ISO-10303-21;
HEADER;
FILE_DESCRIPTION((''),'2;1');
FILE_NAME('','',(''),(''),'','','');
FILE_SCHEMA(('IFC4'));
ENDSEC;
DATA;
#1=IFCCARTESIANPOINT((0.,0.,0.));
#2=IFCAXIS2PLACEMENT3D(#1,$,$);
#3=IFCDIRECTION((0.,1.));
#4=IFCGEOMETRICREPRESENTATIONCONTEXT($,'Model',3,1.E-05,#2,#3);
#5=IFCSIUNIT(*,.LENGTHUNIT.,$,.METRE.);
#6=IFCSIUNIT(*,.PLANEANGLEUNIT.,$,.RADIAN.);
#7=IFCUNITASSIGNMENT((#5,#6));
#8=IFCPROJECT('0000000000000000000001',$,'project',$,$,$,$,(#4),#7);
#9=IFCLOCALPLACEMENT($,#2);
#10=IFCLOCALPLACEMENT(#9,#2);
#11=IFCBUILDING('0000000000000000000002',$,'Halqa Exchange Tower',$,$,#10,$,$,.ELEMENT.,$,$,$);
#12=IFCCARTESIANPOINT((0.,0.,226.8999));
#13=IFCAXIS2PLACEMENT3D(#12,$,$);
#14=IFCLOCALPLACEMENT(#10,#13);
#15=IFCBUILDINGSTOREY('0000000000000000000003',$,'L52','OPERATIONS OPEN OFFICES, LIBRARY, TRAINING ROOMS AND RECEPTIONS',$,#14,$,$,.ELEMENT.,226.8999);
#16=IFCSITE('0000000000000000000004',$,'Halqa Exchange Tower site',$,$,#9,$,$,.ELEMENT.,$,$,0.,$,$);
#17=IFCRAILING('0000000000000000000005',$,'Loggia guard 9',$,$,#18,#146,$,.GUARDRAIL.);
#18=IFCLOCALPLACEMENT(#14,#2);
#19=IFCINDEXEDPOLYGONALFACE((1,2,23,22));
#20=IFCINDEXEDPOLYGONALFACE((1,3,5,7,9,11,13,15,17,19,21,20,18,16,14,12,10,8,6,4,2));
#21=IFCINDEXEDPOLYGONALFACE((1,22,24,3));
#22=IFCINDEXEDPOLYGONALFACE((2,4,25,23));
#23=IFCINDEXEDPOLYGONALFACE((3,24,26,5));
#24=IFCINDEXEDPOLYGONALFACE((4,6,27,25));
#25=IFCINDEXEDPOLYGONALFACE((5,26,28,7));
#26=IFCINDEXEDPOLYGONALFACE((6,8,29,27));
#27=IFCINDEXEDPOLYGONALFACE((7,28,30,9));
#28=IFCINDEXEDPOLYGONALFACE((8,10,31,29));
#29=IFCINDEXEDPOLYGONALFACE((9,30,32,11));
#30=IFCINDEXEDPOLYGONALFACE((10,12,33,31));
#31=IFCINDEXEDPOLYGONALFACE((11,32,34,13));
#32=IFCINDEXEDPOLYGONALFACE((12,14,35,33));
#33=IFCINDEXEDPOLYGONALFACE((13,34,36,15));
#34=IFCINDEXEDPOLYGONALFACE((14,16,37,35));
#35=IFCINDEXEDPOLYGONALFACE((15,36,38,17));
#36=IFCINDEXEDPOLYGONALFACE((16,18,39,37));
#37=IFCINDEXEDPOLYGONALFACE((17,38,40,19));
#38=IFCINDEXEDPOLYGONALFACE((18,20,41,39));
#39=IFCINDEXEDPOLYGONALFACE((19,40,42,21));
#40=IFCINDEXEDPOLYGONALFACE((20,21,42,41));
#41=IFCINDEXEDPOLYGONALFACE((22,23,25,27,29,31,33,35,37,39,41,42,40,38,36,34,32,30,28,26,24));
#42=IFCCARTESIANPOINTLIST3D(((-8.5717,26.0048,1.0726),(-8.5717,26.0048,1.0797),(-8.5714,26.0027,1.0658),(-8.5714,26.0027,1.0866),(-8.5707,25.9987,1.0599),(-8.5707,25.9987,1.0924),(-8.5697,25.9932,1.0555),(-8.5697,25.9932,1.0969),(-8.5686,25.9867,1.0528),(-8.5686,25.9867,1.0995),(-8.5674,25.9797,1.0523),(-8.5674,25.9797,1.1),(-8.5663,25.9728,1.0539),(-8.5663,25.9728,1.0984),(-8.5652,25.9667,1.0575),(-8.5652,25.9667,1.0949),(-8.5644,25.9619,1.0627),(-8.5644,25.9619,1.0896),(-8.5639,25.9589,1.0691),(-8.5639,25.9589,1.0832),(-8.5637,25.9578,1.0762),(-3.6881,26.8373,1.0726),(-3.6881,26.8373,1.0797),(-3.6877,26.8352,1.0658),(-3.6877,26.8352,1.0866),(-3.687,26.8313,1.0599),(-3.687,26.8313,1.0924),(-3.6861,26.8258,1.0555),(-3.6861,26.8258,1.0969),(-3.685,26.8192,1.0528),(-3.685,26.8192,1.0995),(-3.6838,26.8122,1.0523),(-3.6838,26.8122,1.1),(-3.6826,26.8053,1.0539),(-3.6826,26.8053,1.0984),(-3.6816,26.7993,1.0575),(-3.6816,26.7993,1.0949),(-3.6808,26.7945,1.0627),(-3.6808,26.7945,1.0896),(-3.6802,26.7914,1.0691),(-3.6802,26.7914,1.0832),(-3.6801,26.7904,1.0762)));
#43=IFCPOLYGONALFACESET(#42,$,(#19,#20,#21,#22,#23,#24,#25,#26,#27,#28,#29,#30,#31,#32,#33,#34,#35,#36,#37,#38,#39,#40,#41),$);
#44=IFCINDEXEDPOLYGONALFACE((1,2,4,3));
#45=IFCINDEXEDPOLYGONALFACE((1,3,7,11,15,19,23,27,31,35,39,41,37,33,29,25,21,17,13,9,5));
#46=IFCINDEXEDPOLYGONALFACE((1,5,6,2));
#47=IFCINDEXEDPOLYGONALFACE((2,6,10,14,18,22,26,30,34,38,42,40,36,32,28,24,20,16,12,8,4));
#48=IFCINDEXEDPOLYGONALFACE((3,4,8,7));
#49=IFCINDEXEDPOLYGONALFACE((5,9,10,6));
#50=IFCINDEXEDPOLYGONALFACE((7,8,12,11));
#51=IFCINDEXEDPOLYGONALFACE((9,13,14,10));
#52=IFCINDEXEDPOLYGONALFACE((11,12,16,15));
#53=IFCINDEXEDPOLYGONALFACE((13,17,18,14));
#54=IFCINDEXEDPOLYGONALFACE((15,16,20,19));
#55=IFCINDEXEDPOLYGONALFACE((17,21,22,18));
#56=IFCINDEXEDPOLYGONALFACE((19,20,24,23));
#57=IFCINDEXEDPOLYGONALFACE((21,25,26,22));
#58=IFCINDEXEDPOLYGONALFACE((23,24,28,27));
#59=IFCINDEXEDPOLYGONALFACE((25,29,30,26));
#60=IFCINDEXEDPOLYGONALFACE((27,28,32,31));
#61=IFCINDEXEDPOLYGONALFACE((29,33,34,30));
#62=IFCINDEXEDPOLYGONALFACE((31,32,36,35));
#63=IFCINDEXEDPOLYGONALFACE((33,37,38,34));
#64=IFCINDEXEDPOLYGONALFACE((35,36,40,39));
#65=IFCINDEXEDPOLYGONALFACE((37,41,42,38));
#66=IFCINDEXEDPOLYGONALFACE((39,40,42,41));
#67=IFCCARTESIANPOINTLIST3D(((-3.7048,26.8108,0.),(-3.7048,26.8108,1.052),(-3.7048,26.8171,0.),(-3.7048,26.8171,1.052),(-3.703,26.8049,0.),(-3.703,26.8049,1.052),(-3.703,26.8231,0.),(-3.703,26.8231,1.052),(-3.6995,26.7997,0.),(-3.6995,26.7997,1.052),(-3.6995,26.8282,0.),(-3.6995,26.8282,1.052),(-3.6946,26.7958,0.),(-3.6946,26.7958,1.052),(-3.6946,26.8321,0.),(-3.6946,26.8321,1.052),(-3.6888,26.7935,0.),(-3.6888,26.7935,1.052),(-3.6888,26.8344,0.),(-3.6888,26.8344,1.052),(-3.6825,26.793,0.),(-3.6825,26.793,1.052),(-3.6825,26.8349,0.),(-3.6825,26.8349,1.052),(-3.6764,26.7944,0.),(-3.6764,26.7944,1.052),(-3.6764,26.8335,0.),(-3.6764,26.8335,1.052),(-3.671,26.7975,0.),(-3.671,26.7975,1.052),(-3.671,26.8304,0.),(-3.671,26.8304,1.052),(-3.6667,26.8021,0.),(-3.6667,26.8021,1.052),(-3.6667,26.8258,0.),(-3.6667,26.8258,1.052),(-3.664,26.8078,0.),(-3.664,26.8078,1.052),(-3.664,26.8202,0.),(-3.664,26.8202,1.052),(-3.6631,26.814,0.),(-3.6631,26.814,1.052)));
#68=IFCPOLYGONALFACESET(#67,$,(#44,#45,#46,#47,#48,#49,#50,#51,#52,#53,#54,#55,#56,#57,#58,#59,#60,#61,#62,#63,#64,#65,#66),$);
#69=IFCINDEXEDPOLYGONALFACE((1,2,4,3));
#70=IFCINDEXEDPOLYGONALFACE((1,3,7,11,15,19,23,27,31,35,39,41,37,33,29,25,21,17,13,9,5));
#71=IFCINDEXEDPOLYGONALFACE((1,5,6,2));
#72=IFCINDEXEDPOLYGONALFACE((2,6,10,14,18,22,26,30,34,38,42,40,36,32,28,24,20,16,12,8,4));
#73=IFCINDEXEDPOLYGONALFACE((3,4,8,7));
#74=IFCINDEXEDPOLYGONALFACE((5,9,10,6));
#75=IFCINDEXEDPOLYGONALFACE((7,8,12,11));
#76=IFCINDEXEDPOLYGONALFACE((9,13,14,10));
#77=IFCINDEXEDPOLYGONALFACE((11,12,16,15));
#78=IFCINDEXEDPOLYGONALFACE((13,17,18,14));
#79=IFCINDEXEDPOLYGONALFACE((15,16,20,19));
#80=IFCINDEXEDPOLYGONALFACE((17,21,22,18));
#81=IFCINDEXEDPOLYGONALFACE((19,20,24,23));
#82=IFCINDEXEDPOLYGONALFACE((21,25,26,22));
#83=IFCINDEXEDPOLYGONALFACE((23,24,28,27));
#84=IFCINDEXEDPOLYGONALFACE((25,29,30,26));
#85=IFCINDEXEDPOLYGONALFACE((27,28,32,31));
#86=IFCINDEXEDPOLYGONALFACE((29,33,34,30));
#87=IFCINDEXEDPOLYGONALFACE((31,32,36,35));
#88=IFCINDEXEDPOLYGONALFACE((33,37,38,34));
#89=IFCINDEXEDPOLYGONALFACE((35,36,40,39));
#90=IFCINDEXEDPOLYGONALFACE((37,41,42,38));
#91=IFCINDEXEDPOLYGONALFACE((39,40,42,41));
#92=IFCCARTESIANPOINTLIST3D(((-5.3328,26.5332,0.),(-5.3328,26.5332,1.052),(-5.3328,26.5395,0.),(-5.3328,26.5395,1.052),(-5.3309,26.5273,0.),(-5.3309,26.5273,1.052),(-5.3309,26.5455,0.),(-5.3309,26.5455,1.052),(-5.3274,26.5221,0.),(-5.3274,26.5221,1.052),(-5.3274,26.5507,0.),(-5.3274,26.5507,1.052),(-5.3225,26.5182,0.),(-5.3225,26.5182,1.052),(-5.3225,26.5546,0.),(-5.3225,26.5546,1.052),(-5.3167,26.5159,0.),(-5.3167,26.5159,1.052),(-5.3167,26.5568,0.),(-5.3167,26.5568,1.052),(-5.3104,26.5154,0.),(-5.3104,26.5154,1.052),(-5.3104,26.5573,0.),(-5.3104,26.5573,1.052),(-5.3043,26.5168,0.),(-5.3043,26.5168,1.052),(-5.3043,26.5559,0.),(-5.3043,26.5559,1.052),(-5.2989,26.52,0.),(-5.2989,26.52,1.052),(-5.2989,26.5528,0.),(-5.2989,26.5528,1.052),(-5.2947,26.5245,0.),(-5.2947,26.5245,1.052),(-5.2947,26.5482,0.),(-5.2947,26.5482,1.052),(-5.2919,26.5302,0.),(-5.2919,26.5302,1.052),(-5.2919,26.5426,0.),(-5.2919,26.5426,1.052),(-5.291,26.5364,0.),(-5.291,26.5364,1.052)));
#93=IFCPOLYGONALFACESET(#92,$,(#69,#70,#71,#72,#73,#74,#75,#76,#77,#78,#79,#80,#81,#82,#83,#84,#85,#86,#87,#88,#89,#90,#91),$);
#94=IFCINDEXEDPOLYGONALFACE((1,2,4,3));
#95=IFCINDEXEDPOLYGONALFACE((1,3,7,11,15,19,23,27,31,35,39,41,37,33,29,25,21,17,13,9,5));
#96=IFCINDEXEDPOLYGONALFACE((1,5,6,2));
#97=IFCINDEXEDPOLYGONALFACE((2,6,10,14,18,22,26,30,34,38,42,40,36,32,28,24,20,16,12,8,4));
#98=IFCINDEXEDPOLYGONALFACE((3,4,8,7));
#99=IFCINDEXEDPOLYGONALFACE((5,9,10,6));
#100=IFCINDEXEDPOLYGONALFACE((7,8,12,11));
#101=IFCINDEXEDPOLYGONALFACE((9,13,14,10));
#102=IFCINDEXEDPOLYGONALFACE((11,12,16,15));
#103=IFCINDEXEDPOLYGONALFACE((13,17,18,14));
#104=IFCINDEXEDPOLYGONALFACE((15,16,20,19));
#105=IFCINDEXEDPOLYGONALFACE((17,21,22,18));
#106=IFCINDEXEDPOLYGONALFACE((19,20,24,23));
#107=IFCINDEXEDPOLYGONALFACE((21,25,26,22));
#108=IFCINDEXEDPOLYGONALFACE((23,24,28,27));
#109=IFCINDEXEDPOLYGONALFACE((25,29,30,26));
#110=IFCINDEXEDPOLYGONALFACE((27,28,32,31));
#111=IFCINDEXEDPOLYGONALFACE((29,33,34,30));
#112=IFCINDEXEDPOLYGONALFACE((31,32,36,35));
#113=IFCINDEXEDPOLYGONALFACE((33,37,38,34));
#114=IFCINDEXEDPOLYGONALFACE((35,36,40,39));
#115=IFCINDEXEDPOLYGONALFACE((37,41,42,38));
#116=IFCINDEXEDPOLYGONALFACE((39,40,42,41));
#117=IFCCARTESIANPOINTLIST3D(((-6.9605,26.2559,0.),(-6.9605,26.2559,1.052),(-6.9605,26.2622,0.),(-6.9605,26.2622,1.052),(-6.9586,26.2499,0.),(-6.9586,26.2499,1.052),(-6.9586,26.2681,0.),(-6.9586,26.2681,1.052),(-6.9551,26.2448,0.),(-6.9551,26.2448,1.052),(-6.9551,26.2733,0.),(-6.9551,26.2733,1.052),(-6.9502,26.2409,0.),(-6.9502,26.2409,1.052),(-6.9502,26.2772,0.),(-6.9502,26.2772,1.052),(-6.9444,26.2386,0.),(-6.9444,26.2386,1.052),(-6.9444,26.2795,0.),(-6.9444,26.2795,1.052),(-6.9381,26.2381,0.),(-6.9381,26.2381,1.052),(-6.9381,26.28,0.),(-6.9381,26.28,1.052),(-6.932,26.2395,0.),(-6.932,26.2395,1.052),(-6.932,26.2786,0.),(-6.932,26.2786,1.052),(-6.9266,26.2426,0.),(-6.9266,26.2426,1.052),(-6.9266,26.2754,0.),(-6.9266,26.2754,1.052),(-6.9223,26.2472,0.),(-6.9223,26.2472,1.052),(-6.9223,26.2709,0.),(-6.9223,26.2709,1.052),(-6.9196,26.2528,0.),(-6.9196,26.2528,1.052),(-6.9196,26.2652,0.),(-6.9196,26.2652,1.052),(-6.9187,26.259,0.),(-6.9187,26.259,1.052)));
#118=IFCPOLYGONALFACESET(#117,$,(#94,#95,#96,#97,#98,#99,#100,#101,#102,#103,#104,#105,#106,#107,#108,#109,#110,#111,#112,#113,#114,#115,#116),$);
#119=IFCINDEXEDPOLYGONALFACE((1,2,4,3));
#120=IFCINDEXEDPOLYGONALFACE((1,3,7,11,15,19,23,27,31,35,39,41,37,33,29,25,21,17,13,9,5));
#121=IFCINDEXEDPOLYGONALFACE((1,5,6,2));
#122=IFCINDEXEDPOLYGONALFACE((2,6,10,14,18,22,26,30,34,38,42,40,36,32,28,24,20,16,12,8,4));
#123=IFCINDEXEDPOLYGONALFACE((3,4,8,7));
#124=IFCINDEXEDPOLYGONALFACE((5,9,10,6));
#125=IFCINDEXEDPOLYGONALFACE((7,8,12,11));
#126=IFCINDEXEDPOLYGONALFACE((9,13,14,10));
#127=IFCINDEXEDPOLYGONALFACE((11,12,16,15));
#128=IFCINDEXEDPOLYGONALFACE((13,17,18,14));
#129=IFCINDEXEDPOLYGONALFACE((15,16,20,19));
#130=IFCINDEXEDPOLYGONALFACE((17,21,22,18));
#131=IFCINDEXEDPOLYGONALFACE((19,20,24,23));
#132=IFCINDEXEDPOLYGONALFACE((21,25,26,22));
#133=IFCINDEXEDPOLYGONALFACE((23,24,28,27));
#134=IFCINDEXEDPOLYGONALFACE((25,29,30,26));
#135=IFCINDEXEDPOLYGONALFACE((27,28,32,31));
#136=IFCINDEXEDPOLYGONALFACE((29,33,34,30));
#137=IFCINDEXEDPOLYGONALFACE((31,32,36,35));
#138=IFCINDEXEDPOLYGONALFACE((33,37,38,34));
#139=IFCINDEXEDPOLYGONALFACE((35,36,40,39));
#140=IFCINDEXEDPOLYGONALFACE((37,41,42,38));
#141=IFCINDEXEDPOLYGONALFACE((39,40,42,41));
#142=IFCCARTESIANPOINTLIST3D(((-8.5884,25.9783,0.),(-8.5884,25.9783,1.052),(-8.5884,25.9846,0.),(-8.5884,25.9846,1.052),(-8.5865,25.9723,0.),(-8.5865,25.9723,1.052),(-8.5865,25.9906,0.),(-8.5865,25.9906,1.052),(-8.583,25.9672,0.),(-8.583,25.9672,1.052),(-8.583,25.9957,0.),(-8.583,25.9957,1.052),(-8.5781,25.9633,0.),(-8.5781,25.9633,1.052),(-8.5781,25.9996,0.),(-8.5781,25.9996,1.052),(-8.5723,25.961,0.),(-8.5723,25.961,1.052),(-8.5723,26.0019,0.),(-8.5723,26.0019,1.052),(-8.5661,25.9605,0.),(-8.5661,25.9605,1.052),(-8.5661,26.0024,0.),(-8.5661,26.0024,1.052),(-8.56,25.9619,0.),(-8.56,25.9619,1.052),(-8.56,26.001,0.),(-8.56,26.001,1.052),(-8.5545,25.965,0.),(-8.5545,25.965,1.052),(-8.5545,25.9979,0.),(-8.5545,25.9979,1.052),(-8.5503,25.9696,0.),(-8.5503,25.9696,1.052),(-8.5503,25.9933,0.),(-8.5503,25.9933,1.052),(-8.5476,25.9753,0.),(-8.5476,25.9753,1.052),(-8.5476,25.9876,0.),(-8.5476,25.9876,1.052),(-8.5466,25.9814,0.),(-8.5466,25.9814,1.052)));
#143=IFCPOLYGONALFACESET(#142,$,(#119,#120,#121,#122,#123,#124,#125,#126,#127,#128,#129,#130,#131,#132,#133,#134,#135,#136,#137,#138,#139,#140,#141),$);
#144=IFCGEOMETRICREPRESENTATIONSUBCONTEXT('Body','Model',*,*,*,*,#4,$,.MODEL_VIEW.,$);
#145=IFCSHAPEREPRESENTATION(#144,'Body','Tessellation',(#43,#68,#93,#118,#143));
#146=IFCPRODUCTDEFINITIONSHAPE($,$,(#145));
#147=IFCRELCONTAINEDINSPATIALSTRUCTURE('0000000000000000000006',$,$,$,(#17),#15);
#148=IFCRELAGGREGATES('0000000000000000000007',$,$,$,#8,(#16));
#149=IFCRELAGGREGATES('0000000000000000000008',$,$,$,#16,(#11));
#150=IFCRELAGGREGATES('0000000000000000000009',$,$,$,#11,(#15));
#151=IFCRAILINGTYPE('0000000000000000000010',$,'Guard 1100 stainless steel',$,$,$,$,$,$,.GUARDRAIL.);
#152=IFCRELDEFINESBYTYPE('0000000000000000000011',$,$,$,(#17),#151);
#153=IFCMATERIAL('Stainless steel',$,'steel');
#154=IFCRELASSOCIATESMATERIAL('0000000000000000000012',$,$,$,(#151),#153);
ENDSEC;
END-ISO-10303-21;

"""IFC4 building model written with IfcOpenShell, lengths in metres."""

from ifc_helpers import new_model, si_unit, direction, frame, origin, origin_2d, place, context, subcontext, project, spatial, circle, extrude, material, type_object, element, save


model = new_model("IFC4")

# Units and contexts
model_context = context("Model", 3, precision=1e-05, world=origin(), true_north=direction((0.0, 1.0)))
body_context = subcontext(model_context, "Body", "Model", "MODEL_VIEW")
ifc_project = project(units=[si_unit("LENGTHUNIT", "METRE"), si_unit("PLANEANGLEUNIT", "RADIAN")], contexts=[model_context])

# Site, building, storey
site_placement = place(None, origin())
site = spatial("IfcSite", under=ifc_project, at=site_placement, Name="Halqa Exchange Tower site", CompositionType="ELEMENT", RefElevation=0.0)
building_placement = place(site_placement, origin())
building = spatial("IfcBuilding", under=site, at=building_placement, Name="Halqa Exchange Tower", CompositionType="ELEMENT")
storey_placement = place(building_placement, frame((0.0, 0.0, 226.8999)))
storey = spatial("IfcBuildingStorey", under=building, at=storey_placement, Name="L52", Description="OPERATIONS OPEN OFFICES, LIBRARY, TRAINING ROOMS AND RECEPTIONS", CompositionType="ELEMENT", Elevation=226.8999)

# Railing
ifc_material_1 = material(Name="Stainless steel", Category="steel")
railing_type_1 = type_object("IfcRailingType", Name="Guard 1100 stainless steel", PredefinedType="GUARDRAIL", material=ifc_material_1)
railing_1_placement = place(storey_placement, frame((-3.6841, 26.814, 0.0)))
element("IfcRailing", 1, at=railing_1_placement, inside=storey, type_object=railing_type_1, Name="Loggia guard 9", PredefinedType="GUARDRAIL", context=body_context, shape_type="SweptSolid", body=[
    extrude(circle(Radius=0.0239, at=origin_2d()), frame((0.0, 0.0, 1.0762), z_axis=(-0.985778, -0.16805, 0.0), x_axis=(0.16805, -0.985778, 0.0)), (0.0, 0.0, 1.0), 4.9541),
    extrude(circle(Radius=0.021, at=origin_2d()), origin(), (0.0, 0.0, 1.0), 1.052),
    extrude(circle(Radius=0.021, at=origin_2d()), frame((-1.6279, -0.2776, 0.0)), (0.0, 0.0, 1.0), 1.052),
    extrude(circle(Radius=0.021, at=origin_2d()), frame((-3.2556, -0.5549, 0.0)), (0.0, 0.0, 1.0), 1.052),
    extrude(circle(Radius=0.021, at=origin_2d()), frame((-4.8835, -0.8325, 0.0)), (0.0, 0.0, 1.0), 1.052),
])

save(model, "model.ifc")
